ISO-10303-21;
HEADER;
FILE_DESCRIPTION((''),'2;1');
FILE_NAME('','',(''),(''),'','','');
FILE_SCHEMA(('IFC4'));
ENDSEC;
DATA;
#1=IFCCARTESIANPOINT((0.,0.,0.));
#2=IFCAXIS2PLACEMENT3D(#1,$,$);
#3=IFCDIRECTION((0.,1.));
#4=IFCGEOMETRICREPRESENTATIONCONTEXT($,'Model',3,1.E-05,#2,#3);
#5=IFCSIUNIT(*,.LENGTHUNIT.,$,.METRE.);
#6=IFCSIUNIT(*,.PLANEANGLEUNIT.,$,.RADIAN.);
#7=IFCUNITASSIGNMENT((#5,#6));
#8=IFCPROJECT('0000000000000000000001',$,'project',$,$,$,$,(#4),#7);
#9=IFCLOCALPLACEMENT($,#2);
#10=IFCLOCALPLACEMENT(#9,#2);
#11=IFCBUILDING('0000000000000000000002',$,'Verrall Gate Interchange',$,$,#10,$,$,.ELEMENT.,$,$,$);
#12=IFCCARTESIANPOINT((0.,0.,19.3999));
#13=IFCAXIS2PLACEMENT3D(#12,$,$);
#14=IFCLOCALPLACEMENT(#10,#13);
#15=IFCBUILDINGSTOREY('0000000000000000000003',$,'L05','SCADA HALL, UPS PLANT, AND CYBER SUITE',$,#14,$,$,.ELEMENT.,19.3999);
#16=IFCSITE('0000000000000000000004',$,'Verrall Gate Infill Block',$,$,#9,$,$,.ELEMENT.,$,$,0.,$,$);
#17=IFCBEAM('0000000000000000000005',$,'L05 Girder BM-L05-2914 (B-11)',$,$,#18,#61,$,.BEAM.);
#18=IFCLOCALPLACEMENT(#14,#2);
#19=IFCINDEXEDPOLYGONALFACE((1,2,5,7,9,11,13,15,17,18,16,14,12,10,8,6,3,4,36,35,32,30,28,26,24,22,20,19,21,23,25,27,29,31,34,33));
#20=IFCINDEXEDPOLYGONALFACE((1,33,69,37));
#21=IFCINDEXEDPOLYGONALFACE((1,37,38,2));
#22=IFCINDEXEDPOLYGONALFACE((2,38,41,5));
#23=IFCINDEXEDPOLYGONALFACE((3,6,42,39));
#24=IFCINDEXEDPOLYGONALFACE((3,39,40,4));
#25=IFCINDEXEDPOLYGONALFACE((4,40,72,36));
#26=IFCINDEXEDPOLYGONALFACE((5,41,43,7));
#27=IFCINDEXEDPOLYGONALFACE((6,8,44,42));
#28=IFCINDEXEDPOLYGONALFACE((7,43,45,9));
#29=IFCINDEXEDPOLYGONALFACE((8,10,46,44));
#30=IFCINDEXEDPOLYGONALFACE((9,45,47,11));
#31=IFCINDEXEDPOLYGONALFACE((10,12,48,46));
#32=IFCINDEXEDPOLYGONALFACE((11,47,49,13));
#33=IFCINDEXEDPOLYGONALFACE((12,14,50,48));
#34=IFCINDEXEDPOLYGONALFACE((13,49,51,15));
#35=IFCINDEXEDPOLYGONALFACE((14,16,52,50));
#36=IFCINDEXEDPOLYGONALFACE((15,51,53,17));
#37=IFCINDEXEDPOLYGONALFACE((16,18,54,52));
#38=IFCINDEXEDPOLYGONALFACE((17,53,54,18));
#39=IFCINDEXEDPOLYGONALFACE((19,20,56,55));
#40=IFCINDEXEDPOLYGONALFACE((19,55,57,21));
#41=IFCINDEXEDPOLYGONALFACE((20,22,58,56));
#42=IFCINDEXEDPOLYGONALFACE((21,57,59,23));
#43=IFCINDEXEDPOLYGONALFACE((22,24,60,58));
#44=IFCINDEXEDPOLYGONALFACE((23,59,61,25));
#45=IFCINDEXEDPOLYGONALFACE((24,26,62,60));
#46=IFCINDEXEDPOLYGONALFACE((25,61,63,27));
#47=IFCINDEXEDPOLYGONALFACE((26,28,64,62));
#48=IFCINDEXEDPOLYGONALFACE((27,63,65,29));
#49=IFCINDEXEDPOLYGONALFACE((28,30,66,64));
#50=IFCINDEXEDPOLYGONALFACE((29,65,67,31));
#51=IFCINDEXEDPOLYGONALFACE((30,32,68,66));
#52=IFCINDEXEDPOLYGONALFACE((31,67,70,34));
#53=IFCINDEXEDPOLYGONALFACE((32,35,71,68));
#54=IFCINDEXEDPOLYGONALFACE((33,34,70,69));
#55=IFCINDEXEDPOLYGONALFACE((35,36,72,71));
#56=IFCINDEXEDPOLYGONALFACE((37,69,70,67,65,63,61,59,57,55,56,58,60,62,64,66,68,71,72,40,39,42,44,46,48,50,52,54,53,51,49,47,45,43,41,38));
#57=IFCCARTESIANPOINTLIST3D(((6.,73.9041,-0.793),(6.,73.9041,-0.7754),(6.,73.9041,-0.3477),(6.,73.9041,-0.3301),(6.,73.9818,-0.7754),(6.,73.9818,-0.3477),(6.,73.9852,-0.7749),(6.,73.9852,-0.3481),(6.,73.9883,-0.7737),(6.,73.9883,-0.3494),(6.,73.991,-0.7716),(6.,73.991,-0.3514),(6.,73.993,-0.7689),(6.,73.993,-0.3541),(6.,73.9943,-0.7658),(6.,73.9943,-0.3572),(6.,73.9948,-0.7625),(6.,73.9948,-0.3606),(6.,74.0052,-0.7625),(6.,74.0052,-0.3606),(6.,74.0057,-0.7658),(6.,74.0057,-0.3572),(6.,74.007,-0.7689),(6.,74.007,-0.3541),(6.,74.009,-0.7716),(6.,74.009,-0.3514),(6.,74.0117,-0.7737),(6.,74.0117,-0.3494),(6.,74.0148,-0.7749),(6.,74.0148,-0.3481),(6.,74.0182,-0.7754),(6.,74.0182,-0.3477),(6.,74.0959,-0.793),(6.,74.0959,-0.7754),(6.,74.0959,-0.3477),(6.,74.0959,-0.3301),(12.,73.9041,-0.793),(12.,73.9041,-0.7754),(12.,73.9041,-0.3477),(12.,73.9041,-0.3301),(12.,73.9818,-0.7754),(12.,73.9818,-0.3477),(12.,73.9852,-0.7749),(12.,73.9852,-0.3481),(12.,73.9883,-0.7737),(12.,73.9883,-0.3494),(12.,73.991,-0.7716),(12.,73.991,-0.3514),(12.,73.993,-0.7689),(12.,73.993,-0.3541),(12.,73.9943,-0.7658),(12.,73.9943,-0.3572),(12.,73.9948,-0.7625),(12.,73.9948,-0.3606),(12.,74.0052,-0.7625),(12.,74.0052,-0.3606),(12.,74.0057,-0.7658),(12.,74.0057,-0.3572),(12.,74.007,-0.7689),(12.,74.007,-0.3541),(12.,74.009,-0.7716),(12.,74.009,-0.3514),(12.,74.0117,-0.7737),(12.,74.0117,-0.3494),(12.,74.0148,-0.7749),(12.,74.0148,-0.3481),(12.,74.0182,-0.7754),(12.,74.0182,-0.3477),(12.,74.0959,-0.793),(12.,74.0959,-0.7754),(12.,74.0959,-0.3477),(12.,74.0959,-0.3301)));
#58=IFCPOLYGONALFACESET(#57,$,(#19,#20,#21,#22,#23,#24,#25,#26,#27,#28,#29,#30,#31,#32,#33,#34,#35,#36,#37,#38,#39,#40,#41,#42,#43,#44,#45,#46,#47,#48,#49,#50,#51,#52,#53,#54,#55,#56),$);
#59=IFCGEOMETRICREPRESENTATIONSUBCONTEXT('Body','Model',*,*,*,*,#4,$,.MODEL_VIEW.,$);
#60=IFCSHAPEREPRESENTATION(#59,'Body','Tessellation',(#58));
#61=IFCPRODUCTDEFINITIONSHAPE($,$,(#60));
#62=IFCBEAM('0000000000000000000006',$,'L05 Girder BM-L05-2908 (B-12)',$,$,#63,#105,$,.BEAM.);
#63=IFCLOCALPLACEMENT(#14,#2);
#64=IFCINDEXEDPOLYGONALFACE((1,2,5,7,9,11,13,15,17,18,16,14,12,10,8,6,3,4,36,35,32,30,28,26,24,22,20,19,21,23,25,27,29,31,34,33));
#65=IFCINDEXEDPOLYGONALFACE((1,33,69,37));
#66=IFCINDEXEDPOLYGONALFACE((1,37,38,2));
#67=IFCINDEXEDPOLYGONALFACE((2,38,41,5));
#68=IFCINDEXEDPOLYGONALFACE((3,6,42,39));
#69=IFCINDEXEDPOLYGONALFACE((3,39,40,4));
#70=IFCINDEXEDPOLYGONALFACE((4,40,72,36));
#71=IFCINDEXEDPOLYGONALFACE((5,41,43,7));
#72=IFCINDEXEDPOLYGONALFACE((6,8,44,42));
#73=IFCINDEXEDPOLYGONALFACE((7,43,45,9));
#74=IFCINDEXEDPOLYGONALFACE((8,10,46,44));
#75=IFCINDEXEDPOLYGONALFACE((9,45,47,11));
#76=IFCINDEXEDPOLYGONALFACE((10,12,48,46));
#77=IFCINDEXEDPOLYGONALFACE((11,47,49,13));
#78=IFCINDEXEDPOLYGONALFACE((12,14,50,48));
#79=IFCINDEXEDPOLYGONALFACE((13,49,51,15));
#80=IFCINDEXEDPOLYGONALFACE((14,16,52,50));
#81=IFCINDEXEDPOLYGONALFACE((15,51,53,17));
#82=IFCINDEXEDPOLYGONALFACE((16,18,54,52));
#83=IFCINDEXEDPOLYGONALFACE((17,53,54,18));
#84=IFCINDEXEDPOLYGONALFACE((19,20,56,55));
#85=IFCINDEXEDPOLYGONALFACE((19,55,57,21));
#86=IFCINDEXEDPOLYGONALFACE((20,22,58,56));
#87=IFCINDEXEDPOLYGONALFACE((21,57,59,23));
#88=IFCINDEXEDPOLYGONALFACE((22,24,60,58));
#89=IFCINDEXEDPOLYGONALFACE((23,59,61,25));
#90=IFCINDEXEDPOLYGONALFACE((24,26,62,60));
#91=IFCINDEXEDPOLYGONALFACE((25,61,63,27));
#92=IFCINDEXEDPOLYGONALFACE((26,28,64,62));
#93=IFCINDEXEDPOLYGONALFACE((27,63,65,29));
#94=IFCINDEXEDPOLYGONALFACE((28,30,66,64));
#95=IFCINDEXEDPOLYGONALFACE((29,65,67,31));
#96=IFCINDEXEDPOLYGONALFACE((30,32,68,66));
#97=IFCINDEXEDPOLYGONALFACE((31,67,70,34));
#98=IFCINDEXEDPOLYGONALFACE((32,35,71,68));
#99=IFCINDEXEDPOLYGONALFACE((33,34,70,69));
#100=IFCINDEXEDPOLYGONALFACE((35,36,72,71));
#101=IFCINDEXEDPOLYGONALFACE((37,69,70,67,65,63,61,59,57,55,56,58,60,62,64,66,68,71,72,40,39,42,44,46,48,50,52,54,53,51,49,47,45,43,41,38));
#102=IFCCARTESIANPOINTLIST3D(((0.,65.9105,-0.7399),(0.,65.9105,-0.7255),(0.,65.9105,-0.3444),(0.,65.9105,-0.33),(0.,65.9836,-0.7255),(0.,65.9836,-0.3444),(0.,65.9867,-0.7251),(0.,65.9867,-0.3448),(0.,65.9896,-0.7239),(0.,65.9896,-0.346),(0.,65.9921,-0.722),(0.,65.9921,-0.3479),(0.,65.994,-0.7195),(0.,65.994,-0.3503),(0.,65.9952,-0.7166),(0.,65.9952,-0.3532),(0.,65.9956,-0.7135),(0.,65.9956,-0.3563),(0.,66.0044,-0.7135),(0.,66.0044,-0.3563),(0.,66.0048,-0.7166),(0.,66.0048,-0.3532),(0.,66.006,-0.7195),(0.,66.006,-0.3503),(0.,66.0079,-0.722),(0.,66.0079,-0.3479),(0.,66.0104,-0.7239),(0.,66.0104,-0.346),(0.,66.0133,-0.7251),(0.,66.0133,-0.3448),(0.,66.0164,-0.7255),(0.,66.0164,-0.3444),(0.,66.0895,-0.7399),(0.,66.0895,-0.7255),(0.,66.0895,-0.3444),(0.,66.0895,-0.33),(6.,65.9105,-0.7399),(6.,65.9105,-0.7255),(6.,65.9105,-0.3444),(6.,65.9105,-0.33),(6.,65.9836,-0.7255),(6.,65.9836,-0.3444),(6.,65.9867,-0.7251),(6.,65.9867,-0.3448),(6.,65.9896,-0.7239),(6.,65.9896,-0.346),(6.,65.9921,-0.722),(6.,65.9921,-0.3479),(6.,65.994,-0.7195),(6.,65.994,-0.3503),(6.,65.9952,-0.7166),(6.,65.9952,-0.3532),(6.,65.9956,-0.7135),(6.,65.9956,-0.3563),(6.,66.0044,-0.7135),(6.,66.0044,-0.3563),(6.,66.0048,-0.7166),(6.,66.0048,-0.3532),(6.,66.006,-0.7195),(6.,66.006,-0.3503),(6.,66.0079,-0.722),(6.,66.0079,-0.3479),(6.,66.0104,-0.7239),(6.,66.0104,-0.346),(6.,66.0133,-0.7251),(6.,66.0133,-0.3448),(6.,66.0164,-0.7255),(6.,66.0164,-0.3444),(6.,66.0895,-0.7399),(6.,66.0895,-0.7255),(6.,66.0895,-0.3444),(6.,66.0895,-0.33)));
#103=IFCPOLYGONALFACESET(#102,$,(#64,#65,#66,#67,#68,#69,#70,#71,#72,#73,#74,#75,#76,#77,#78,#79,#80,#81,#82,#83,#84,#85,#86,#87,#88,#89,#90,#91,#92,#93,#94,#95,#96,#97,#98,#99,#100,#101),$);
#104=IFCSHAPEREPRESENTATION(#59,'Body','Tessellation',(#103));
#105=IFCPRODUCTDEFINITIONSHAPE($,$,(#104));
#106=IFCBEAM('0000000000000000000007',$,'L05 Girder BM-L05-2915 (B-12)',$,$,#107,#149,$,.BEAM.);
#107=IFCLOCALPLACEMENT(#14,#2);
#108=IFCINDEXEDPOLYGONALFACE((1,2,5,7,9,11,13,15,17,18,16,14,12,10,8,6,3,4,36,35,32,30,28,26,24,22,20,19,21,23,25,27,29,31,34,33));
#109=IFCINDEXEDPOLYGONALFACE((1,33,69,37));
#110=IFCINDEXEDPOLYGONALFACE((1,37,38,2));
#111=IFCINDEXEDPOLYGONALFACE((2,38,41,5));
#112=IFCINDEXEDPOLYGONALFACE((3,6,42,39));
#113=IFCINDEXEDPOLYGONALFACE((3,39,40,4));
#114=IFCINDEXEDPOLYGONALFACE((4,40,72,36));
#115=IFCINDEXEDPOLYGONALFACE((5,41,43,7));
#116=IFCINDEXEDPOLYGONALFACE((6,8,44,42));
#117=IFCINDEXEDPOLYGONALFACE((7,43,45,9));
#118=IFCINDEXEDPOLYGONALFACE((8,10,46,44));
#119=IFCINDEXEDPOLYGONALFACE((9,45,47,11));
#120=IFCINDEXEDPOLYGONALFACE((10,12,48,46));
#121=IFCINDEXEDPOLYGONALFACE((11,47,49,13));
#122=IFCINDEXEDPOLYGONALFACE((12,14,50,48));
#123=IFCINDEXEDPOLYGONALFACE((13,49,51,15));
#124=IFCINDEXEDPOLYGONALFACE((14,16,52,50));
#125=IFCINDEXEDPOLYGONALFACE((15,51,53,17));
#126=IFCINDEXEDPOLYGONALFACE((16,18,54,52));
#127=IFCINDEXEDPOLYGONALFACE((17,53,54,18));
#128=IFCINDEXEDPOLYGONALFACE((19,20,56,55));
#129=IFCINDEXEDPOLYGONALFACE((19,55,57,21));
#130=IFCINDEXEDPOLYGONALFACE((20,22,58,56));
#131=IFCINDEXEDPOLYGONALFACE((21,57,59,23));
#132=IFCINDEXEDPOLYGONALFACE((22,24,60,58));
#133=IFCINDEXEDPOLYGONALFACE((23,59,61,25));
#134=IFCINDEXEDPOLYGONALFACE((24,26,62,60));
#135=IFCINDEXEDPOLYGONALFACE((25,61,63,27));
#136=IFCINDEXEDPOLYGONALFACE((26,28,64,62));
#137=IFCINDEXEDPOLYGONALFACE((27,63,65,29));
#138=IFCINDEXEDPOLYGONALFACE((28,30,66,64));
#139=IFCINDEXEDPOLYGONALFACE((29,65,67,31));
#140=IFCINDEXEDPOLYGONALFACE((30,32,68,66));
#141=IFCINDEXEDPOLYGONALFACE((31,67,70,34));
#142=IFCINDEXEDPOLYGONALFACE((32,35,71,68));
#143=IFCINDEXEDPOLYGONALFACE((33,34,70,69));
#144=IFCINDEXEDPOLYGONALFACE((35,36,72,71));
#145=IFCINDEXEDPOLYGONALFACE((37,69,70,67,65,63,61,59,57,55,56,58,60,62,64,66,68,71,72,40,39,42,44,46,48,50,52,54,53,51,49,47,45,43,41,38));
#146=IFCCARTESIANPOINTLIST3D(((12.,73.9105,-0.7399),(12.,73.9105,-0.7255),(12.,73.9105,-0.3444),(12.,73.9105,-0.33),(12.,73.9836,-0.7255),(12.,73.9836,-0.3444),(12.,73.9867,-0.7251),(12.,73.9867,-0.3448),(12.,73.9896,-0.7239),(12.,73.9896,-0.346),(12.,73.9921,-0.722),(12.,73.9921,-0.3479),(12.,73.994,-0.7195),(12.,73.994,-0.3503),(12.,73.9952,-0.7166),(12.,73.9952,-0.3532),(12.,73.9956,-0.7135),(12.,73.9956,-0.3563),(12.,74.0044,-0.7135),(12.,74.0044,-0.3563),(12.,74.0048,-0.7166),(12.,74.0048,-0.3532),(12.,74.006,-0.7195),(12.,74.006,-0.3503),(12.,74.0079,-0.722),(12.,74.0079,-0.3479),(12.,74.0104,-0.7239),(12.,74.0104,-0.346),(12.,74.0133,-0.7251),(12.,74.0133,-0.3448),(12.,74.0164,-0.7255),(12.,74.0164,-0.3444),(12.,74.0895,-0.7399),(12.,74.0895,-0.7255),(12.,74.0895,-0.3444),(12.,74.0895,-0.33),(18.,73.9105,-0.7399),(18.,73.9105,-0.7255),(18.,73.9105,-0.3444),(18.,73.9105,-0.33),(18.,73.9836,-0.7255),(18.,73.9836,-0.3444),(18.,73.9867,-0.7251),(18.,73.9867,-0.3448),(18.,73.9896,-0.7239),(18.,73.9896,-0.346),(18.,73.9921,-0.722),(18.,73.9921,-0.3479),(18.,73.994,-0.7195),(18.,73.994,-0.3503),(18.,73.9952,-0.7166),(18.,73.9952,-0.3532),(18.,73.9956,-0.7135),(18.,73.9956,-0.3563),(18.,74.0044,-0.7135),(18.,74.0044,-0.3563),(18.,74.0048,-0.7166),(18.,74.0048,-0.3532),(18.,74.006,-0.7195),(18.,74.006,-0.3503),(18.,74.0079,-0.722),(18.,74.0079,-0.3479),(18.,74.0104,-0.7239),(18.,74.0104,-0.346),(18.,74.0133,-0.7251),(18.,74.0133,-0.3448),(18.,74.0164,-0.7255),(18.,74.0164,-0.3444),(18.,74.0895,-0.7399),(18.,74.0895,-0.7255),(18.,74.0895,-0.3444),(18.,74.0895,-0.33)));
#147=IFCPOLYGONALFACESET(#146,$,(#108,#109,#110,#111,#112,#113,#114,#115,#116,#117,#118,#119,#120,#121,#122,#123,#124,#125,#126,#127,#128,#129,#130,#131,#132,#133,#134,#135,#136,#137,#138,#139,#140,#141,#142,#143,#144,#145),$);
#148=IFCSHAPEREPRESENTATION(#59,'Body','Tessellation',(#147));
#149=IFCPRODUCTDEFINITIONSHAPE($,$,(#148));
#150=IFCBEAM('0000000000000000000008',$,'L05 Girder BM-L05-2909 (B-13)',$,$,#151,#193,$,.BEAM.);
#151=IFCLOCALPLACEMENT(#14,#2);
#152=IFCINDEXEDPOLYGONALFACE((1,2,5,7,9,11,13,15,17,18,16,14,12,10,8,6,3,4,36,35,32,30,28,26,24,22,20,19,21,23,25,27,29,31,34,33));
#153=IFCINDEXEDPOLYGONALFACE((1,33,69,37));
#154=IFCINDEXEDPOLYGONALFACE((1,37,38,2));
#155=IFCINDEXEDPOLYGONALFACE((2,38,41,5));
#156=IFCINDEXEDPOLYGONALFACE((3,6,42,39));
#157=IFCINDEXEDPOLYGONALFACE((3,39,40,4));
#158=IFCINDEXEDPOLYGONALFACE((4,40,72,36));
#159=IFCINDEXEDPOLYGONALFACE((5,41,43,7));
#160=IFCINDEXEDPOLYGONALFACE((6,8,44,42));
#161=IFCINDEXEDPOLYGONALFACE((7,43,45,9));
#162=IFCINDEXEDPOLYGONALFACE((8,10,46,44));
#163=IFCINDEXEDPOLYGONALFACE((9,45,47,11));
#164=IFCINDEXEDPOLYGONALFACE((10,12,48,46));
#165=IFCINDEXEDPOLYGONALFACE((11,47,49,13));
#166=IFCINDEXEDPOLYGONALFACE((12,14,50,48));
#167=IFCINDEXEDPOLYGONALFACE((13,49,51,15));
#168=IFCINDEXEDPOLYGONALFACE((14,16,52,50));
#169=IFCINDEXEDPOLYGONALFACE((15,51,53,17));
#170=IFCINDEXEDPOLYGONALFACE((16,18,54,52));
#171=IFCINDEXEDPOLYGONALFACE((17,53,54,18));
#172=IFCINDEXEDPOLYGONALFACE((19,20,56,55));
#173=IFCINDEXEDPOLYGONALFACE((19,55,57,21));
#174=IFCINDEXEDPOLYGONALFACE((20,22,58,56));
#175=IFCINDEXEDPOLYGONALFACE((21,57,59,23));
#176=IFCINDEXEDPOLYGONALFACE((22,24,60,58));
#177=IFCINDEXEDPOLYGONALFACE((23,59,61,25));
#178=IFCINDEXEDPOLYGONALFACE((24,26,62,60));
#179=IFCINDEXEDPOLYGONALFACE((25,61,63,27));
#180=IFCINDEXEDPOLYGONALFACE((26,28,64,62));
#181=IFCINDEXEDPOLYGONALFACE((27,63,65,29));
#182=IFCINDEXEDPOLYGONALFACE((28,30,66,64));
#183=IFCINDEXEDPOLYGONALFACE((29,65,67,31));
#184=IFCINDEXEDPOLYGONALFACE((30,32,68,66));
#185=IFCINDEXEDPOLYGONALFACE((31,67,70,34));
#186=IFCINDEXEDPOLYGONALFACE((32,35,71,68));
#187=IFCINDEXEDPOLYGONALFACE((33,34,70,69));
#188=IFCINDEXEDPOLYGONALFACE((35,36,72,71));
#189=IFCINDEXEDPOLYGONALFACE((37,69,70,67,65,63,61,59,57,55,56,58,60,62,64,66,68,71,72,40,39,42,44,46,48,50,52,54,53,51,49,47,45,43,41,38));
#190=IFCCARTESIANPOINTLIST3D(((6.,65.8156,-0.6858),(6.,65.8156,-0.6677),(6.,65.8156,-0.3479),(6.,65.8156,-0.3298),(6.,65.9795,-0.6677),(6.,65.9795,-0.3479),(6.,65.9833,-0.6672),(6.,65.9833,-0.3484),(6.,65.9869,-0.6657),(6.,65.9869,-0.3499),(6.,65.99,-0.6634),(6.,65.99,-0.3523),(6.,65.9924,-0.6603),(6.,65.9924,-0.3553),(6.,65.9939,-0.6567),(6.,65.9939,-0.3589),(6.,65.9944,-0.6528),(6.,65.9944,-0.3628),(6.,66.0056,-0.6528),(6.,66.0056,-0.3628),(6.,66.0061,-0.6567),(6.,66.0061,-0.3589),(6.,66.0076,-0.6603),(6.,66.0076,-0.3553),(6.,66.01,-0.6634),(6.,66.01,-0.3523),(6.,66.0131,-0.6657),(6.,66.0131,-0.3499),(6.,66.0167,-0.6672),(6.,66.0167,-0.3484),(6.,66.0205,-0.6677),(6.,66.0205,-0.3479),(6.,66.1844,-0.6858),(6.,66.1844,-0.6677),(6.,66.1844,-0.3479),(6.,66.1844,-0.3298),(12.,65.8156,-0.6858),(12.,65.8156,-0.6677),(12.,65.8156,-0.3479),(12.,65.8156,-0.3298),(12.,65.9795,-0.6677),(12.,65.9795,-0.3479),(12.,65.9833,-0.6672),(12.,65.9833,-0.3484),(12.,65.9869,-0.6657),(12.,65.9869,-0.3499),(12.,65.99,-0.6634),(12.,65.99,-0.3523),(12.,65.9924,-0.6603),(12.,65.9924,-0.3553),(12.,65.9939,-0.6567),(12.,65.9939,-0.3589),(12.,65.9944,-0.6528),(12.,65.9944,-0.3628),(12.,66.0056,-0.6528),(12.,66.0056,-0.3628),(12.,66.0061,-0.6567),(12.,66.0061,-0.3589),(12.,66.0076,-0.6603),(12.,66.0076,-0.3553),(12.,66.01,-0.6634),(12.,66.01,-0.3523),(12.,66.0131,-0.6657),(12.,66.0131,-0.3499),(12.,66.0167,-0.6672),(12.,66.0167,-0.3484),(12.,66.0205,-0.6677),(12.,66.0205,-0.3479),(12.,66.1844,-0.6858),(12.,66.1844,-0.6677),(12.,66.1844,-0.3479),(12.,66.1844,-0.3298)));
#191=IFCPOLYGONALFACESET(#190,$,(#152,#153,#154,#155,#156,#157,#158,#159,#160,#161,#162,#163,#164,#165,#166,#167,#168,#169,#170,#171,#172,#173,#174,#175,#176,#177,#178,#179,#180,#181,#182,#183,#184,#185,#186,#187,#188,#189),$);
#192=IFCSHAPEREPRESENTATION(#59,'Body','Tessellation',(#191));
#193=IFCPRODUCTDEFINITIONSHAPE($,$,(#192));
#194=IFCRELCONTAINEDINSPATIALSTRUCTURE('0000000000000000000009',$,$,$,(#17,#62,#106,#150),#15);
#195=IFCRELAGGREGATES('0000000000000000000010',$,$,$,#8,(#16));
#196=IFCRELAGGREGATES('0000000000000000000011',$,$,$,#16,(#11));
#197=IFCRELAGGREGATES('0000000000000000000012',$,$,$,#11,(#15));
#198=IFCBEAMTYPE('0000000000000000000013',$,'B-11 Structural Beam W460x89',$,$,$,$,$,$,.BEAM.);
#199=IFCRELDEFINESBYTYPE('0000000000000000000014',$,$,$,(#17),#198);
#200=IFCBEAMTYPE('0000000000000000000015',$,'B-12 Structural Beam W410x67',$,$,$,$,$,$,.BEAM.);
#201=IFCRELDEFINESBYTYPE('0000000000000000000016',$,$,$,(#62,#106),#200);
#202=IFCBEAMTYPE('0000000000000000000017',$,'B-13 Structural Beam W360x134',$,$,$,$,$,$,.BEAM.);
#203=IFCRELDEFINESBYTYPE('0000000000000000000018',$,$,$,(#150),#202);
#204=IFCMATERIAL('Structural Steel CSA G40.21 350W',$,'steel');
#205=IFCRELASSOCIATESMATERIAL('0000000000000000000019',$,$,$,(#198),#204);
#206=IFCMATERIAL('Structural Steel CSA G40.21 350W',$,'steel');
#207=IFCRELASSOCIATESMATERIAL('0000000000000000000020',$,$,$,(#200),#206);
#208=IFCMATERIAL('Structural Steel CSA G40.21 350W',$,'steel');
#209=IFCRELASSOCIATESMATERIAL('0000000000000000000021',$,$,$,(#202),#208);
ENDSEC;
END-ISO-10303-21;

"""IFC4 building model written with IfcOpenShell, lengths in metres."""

from ifc_helpers import new_model, si_unit, direction, frame, origin, origin_2d, place, context, subcontext, project, spatial, i_section, extrude, material, material_profile, profile_set, type_object, element, save


model = new_model("IFC4")

# Units and contexts
model_context = context("Model", 3, precision=1e-05, world=origin(), true_north=direction((0.0, 1.0)))
body_context = subcontext(model_context, "Body", "Model", "MODEL_VIEW")
ifc_project = project(units=[si_unit("LENGTHUNIT", "METRE"), si_unit("PLANEANGLEUNIT", "RADIAN")], contexts=[model_context])

# Site, building, storey
site_placement = place(None, origin())
site = spatial("IfcSite", under=ifc_project, at=site_placement, Name="Verrall Gate Infill Block", CompositionType="ELEMENT", RefElevation=0.0)
building_placement = place(site_placement, origin())
building = spatial("IfcBuilding", under=site, at=building_placement, Name="Verrall Gate Interchange", CompositionType="ELEMENT")
storey_placement = place(building_placement, frame((0.0, 0.0, 19.3999)))
storey = spatial("IfcBuildingStorey", under=building, at=storey_placement, Name="L05", Description="SCADA HALL, UPS PLANT, AND CYBER SUITE", CompositionType="ELEMENT", Elevation=19.3999)

# Beams
ifc_material_1 = material(Name="Structural Steel CSA G40.21 350W", Category="steel")
ifc_material_profile_1 = material_profile(ifc_material_1, i_section(OverallWidth=0.1919, OverallDepth=0.4629, WebThickness=0.0105, FlangeThickness=0.0176, FilletRadius=0.0129, at=origin_2d()), Name="W460x89")
ifc_profile_set_1 = profile_set([ifc_material_profile_1], Name="Structural Steel CSA G40.21 350W")
beam_type_1 = type_object("IfcBeamType", Name="B-11 Structural Beam W460x89", PredefinedType="BEAM", material=ifc_profile_set_1)
beam_1_placement = place(storey_placement, frame((6.0, 74.0, -0.5615), z_axis=(1.0, 0.0, 0.0), x_axis=(0.0, 1.0, 0.0)))
element("IfcBeam", 1, at=beam_1_placement, inside=storey, type_object=beam_type_1, Name="L05 Girder BM-L05-2914 (B-11)", PredefinedType="BEAM", context=body_context, shape_type="SweptSolid", body=[
    extrude(i_section(OverallWidth=0.1919, OverallDepth=0.4629, WebThickness=0.0105, FlangeThickness=0.0176, FilletRadius=0.0129, at=origin_2d()), origin(), (0.0, 0.0, 1.0), 6.0),
])
ifc_material_2 = material(Name="Structural Steel CSA G40.21 350W", Category="steel")
ifc_material_profile_2 = material_profile(ifc_material_2, i_section(OverallWidth=0.179, OverallDepth=0.4099, WebThickness=0.0088, FlangeThickness=0.0144, FilletRadius=0.012, at=origin_2d()), Name="W410x67")
ifc_profile_set_2 = profile_set([ifc_material_profile_2], Name="Structural Steel CSA G40.21 350W")
beam_type_2 = type_object("IfcBeamType", Name="B-12 Structural Beam W410x67", PredefinedType="BEAM", material=ifc_profile_set_2)
for number, where, z_axis, x_axis, name in (
    (2, (0.0, 66.0, -0.5349), (1.0, 0.0, 0.0), (0.0, 1.0, 0.0), "L05 Girder BM-L05-2908 (B-12)"),
    (3, (12.0, 74.0, -0.5349), (1.0, 0.0, 0.0), (0.0, 1.0, 0.0), "L05 Girder BM-L05-2915 (B-12)"),
):
    element("IfcBeam", number, at=place(storey_placement, frame(where, z_axis=z_axis, x_axis=x_axis)), inside=storey, type_object=beam_type_2, Name=name, PredefinedType="BEAM", context=body_context, shape_type="SweptSolid", body=[
        extrude(i_section(OverallWidth=0.179, OverallDepth=0.4099, WebThickness=0.0088, FlangeThickness=0.0144, FilletRadius=0.012, at=origin_2d()), origin(), (0.0, 0.0, 1.0), 6.0),
    ])
ifc_material_3 = material(Name="Structural Steel CSA G40.21 350W", Category="steel")
ifc_material_profile_3 = material_profile(ifc_material_3, i_section(OverallWidth=0.3689, OverallDepth=0.356, WebThickness=0.0112, FlangeThickness=0.0181, FilletRadius=0.0149, at=origin_2d()), Name="W360x134")
ifc_profile_set_3 = profile_set([ifc_material_profile_3], Name="Structural Steel CSA G40.21 350W")
beam_type_3 = type_object("IfcBeamType", Name="B-13 Structural Beam W360x134", PredefinedType="BEAM", material=ifc_profile_set_3)
for number, where, z_axis, x_axis, name in (
    (4, (6.0, 66.0, -0.5078), (1.0, 0.0, 0.0), (0.0, 1.0, 0.0), "L05 Girder BM-L05-2909 (B-13)"),
):
    element("IfcBeam", number, at=place(storey_placement, frame(where, z_axis=z_axis, x_axis=x_axis)), inside=storey, type_object=beam_type_3, Name=name, PredefinedType="BEAM", context=body_context, shape_type="SweptSolid", body=[
        extrude(i_section(OverallWidth=0.3689, OverallDepth=0.356, WebThickness=0.0112, FlangeThickness=0.0181, FilletRadius=0.0149, at=origin_2d()), origin(), (0.0, 0.0, 1.0), 6.0),
    ])

save(model, "model.ifc")
